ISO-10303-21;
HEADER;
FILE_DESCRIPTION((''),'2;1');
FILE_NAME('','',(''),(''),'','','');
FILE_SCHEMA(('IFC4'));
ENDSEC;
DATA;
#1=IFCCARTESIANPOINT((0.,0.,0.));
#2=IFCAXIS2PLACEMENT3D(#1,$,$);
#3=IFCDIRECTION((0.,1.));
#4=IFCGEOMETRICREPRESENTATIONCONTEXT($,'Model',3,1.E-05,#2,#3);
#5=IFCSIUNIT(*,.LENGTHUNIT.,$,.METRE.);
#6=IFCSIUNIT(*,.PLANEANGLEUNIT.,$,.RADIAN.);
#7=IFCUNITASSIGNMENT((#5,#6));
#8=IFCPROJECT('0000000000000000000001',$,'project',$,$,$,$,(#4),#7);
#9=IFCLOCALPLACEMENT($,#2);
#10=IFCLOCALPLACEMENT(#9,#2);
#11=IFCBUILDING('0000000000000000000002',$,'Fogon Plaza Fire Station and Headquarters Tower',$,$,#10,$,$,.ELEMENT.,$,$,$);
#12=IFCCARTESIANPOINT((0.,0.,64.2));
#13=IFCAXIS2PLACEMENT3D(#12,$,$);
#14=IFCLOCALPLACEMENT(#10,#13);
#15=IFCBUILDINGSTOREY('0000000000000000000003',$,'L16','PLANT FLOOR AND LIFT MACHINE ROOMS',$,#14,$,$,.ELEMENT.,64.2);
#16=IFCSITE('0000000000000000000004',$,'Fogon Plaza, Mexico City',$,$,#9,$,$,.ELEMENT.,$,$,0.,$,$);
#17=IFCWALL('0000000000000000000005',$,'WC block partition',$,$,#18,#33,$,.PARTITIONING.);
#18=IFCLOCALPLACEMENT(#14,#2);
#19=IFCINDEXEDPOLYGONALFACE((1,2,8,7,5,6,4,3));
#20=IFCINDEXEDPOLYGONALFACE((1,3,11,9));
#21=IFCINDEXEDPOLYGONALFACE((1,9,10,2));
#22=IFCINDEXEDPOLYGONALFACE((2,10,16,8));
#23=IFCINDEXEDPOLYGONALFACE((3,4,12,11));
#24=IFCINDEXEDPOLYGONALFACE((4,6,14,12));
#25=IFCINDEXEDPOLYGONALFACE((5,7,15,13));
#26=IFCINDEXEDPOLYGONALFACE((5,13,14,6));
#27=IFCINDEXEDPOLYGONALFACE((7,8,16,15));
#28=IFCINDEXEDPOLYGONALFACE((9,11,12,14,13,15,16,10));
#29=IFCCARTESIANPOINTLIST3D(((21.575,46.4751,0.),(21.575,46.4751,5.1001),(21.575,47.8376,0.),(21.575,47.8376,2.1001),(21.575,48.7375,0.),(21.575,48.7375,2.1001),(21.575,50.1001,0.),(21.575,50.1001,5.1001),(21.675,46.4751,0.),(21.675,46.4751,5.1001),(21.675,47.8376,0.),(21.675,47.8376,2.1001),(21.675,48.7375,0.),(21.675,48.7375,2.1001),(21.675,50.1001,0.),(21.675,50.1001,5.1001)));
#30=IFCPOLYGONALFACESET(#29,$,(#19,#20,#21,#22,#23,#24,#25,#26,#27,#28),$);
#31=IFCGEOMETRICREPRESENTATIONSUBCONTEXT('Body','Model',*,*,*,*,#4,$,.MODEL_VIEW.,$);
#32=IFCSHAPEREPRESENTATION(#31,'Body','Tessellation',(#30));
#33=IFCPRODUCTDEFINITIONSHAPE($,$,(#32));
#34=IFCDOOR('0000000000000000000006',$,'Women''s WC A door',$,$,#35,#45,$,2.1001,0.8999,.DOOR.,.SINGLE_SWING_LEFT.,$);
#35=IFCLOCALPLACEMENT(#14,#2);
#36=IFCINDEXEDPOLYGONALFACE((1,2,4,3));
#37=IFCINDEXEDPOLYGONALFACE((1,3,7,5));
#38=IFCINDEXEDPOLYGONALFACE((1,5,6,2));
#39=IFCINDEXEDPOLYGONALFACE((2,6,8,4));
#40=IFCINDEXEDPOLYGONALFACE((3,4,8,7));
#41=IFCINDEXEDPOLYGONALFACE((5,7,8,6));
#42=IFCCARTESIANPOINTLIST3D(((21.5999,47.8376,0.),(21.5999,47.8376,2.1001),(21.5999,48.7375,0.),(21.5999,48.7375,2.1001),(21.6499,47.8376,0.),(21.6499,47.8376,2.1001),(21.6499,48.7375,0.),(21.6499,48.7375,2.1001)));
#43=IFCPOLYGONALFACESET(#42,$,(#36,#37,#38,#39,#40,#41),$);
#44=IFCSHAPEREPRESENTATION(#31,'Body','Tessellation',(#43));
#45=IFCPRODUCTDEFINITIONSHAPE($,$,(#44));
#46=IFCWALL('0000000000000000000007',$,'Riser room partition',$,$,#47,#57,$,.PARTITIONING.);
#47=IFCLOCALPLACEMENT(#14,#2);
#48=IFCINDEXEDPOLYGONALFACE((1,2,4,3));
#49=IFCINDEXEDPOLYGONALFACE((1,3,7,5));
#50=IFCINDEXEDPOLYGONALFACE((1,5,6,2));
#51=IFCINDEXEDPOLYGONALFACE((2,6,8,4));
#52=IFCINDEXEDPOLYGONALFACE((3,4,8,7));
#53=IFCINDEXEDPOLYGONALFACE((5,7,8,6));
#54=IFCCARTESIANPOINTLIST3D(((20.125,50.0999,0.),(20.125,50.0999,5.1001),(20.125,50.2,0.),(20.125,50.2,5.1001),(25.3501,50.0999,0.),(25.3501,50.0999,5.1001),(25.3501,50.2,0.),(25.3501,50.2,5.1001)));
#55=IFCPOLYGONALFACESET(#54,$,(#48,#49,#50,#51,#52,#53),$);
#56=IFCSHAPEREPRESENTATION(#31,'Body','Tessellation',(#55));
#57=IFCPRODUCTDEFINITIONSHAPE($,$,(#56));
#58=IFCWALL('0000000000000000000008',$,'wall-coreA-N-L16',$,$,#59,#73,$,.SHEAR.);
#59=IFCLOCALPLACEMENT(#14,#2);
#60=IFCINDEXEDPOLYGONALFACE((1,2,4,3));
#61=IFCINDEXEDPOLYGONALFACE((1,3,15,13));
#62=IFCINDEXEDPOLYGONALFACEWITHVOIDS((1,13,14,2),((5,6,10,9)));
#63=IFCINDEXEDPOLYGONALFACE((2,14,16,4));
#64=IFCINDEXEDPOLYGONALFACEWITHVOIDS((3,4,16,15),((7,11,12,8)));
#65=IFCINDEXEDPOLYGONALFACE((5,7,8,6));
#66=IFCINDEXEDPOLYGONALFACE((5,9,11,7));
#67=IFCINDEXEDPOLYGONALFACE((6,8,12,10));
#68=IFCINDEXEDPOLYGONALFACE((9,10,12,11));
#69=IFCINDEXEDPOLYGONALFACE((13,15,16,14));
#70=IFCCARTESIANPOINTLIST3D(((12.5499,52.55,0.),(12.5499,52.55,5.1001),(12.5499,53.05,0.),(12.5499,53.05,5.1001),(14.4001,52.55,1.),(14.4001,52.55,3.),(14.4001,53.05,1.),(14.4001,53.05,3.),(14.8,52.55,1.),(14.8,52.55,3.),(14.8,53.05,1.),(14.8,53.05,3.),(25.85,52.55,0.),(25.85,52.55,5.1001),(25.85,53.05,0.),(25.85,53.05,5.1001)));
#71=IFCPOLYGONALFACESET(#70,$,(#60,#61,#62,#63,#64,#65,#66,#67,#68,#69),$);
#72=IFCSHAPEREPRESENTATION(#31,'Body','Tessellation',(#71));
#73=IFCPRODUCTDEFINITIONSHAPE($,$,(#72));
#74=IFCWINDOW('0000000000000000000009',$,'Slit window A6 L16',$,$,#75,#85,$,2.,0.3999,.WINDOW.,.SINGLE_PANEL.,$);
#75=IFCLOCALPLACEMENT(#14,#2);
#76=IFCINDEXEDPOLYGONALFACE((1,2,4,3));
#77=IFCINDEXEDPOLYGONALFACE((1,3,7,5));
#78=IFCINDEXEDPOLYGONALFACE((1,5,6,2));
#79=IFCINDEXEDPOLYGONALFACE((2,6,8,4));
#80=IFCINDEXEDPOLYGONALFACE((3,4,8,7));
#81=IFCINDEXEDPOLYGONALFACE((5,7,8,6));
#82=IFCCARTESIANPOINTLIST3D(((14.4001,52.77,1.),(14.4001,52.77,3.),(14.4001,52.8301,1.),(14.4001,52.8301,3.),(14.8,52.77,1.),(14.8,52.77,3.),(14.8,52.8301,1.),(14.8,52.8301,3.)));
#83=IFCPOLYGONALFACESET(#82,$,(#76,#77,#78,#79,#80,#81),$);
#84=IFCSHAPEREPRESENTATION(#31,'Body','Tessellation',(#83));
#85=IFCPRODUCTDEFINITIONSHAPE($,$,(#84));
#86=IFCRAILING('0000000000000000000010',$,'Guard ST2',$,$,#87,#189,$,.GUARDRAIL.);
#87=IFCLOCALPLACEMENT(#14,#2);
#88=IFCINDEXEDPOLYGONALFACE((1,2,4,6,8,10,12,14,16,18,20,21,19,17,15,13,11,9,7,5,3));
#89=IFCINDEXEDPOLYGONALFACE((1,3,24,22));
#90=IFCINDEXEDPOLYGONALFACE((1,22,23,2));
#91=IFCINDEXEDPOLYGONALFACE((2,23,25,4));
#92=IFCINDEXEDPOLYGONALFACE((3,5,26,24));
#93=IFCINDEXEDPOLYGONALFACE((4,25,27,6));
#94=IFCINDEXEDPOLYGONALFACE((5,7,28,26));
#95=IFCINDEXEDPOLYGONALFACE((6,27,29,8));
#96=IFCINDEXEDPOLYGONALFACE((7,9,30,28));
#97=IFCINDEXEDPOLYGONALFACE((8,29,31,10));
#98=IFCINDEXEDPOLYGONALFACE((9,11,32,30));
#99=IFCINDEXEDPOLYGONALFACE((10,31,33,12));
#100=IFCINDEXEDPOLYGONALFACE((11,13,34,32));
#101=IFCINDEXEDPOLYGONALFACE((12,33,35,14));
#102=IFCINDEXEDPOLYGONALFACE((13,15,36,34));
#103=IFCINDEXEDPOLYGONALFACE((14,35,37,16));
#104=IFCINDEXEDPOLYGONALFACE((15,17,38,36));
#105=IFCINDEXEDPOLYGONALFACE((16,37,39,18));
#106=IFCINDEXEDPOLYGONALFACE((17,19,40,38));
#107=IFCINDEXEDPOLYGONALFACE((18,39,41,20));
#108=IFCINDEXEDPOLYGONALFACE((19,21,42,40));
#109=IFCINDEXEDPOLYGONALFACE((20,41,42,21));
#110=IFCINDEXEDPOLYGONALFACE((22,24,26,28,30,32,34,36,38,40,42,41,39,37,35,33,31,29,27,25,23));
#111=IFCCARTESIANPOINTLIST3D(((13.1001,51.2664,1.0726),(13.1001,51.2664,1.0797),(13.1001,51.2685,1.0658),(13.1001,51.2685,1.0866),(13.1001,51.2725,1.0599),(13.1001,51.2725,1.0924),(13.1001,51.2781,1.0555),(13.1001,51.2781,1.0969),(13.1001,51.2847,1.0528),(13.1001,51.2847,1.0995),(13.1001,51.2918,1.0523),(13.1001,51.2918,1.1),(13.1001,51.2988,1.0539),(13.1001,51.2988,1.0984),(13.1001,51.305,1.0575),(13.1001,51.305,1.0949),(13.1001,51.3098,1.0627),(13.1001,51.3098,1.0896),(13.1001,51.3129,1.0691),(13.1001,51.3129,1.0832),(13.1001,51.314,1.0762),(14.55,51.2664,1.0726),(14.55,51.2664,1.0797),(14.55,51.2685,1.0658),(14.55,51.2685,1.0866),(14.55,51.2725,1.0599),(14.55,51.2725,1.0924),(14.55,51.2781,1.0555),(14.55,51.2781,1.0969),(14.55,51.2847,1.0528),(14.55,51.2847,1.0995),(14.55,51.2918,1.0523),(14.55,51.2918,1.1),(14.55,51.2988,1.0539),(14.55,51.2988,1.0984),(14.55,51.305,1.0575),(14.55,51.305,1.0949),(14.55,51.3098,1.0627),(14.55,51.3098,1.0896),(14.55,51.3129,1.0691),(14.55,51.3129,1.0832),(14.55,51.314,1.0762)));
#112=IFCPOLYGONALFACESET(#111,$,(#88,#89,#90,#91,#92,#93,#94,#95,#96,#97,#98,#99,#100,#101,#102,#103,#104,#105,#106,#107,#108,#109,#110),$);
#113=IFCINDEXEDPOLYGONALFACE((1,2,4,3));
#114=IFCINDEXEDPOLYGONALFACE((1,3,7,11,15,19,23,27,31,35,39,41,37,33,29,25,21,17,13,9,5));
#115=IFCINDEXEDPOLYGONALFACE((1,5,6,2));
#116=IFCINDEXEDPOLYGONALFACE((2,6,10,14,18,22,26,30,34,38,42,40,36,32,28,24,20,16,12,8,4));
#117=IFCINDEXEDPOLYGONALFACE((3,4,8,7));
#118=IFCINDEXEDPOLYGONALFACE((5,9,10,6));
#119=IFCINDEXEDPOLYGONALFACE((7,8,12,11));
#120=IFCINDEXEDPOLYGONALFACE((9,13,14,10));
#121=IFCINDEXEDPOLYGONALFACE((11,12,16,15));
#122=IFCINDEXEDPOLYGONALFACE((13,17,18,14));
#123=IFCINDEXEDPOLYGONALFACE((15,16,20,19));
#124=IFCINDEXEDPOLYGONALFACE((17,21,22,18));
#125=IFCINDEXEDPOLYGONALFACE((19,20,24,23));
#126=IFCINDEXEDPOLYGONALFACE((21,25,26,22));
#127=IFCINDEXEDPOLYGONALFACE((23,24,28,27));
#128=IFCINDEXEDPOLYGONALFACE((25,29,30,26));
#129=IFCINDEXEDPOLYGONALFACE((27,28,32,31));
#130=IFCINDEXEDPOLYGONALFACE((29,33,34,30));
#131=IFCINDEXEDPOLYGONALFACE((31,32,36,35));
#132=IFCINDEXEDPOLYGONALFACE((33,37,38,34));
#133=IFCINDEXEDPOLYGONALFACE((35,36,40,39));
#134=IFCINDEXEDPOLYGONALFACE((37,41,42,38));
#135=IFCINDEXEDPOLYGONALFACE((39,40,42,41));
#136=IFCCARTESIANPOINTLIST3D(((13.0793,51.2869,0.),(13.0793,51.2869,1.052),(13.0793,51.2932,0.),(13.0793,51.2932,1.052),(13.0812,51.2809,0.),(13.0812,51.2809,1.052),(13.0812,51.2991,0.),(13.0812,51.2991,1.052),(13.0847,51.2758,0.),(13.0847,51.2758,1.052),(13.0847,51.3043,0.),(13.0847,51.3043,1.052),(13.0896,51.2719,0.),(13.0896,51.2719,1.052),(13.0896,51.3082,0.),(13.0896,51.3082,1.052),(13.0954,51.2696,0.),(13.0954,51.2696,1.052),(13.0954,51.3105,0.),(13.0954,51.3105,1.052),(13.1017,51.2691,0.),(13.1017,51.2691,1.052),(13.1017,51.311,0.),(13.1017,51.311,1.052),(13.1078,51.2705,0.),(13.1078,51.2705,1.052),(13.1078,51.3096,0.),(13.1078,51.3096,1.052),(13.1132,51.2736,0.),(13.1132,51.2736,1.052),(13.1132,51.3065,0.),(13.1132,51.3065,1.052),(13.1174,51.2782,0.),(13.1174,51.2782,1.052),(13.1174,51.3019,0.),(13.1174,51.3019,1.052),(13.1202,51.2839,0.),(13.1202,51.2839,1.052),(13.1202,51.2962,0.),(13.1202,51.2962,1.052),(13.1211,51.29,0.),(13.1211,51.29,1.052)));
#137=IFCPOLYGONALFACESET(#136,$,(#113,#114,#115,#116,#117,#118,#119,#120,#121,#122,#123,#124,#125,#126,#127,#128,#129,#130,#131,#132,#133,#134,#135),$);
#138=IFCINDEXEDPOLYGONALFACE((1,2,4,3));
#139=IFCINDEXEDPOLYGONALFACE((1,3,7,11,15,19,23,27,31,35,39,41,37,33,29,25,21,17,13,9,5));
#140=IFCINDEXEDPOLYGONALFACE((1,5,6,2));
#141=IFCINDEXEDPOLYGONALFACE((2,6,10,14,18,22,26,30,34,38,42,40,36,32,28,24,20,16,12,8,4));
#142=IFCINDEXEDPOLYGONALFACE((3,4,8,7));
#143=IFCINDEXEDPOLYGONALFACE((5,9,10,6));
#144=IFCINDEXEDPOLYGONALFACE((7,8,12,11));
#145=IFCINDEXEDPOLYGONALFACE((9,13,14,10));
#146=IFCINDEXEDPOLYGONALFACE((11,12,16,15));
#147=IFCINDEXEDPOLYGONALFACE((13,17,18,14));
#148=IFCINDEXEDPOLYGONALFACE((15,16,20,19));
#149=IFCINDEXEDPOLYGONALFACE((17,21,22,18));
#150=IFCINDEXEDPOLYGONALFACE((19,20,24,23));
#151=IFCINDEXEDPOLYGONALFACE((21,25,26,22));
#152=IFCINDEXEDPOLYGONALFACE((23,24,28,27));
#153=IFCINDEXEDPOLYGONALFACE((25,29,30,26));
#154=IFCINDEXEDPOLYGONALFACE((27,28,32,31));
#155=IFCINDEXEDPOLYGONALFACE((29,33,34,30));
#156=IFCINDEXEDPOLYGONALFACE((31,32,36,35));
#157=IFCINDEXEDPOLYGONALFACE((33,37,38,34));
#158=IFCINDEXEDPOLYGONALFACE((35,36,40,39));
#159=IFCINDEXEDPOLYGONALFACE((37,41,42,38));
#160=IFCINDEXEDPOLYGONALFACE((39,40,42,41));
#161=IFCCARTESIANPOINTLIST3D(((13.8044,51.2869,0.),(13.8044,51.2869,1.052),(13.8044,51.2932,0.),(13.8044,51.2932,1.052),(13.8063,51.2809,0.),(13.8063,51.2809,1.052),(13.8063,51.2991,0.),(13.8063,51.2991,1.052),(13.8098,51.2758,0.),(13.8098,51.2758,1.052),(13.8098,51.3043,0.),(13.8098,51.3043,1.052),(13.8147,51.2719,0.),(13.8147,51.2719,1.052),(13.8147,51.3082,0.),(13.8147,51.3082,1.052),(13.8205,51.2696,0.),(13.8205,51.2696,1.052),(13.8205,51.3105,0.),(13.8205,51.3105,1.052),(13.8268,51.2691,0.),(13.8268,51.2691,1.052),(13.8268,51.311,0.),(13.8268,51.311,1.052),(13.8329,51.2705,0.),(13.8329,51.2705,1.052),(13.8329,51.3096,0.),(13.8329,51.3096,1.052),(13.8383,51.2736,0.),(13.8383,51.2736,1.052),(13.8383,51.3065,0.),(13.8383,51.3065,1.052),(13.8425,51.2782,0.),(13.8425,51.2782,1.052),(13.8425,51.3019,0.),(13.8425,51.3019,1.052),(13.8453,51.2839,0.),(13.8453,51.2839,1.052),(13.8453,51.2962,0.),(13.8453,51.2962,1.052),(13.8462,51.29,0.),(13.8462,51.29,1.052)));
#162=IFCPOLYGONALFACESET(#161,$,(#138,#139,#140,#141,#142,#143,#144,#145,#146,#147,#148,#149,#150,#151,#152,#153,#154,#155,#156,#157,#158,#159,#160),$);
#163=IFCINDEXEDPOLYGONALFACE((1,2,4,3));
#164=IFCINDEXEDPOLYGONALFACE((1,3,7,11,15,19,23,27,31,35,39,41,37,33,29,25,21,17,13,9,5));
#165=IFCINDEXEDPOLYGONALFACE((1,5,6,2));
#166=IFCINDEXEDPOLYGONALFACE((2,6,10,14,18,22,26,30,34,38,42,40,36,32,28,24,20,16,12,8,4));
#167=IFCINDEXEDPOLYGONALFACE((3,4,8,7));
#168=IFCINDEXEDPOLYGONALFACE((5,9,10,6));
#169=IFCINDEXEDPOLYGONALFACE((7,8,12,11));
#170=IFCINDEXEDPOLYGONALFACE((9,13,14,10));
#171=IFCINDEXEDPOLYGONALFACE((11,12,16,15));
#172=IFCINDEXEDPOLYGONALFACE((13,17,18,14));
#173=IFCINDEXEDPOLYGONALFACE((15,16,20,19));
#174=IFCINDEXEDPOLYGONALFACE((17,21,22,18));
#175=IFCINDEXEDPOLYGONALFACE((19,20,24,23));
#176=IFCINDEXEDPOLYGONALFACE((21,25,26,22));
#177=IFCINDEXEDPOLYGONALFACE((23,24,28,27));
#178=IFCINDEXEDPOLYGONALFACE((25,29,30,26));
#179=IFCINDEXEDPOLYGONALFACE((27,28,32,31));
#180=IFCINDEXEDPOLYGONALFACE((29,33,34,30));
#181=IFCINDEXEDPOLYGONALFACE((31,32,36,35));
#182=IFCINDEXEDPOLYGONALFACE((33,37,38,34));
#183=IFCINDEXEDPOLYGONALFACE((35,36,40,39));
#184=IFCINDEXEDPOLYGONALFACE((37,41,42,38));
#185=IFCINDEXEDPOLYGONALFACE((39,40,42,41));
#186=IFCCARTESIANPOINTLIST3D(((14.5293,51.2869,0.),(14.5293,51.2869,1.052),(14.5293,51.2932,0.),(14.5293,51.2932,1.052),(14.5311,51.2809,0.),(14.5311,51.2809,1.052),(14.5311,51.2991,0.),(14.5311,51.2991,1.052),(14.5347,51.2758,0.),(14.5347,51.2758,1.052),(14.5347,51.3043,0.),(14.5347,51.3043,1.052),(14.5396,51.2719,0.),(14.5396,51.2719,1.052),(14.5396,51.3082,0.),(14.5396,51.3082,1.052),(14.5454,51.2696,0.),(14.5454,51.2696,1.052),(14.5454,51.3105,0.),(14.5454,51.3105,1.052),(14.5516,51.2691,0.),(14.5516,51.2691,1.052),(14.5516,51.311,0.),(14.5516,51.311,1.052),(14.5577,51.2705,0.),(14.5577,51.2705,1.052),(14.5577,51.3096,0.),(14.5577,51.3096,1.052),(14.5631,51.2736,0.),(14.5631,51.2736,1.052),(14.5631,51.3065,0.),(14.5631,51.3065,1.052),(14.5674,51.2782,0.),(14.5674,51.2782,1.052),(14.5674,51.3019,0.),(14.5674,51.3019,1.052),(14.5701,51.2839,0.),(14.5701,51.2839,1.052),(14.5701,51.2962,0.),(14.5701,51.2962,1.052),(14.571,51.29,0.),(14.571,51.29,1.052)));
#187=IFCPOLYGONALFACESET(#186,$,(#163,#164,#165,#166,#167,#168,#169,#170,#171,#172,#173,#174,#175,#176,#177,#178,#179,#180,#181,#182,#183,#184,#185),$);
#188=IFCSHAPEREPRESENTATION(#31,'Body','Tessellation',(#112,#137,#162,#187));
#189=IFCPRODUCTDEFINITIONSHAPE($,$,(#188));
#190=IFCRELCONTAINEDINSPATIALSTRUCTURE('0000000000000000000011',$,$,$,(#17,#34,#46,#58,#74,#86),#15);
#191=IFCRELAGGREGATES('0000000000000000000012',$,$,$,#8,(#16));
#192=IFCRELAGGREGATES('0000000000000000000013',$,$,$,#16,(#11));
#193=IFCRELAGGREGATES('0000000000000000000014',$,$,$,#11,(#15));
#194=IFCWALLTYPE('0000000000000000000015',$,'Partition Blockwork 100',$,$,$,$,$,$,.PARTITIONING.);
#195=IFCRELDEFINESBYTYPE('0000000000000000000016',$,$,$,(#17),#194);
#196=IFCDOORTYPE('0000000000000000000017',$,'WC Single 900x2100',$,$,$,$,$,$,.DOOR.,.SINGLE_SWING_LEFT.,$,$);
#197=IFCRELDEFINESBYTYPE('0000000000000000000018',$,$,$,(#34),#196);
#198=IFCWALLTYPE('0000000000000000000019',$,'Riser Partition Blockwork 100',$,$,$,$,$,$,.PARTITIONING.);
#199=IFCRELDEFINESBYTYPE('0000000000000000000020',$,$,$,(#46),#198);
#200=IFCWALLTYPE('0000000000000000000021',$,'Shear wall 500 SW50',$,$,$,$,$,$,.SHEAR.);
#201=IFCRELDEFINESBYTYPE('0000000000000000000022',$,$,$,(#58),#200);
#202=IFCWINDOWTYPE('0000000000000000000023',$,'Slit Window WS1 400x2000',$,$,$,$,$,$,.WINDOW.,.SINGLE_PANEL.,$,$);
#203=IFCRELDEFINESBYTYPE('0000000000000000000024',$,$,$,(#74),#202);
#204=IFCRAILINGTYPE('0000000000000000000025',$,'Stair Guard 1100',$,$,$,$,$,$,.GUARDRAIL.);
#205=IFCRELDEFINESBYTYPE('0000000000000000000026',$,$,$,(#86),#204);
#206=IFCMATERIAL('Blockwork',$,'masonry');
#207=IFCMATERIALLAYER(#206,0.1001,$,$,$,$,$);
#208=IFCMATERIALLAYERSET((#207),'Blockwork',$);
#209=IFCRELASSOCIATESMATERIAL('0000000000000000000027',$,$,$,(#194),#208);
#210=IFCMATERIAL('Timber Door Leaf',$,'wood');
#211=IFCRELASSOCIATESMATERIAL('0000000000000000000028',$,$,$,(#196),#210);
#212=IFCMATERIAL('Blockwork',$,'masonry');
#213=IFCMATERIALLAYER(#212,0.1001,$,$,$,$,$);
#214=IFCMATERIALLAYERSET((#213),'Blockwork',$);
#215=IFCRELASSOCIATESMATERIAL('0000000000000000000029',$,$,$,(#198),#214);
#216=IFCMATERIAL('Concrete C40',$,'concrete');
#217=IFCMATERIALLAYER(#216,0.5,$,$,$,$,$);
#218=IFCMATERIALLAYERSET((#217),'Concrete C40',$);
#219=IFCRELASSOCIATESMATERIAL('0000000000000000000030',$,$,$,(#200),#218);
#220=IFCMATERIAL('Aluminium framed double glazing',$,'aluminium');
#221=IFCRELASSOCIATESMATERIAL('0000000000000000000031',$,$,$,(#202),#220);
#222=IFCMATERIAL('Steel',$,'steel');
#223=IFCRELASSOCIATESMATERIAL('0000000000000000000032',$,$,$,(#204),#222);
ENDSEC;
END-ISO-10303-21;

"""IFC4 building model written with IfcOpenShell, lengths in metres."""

from ifc_helpers import new_model, si_unit, direction, frame, frame_2d, origin, origin_2d, place, context, subcontext, project, spatial, rectangle, circle, extrude, material, layer, layer_set, type_object, element, fill, save


model = new_model("IFC4")

# Units and contexts
model_context = context("Model", 3, precision=1e-05, world=origin(), true_north=direction((0.0, 1.0)))
body_context = subcontext(model_context, "Body", "Model", "MODEL_VIEW")
ifc_project = project(units=[si_unit("LENGTHUNIT", "METRE"), si_unit("PLANEANGLEUNIT", "RADIAN")], contexts=[model_context])

# Site, building, storey
site_placement = place(None, origin())
site = spatial("IfcSite", under=ifc_project, at=site_placement, Name="Fogon Plaza, Mexico City", CompositionType="ELEMENT", RefElevation=0.0)
building_placement = place(site_placement, origin())
building = spatial("IfcBuilding", under=site, at=building_placement, Name="Fogon Plaza Fire Station and Headquarters Tower", CompositionType="ELEMENT")
storey_placement = place(building_placement, frame((0.0, 0.0, 64.2)))
storey = spatial("IfcBuildingStorey", under=building, at=storey_placement, Name="L16", Description="PLANT FLOOR AND LIFT MACHINE ROOMS", CompositionType="ELEMENT", Elevation=64.2)

# Wall, opening, door
ifc_material_1 = material(Name="Blockwork", Category="masonry")
ifc_layer_1 = layer(ifc_material_1, 0.1001)
ifc_layer_set_1 = layer_set([ifc_layer_1], Name="Blockwork")
wall_type_1 = type_object("IfcWallType", Name="Partition Blockwork 100", PredefinedType="PARTITIONING", material=ifc_layer_set_1)
wall_1_placement = place(storey_placement, frame((21.625, 46.4751, 0.0), z_axis=(0.0, 0.0, 1.0), x_axis=(0.0, 1.0, 0.0)))
wall_1 = element("IfcWall", 1, at=wall_1_placement, inside=storey, type_object=wall_type_1, Name="WC block partition", PredefinedType="PARTITIONING", context=body_context, shape_type="SweptSolid", body=[
    extrude(rectangle(XDim=3.625, YDim=0.1001, at=frame_2d((1.8125, 0.0))), origin(), (0.0, 0.0, 1.0), 5.1001),
])
opening_1_placement = place(wall_1_placement, frame((1.3625, 0.0, 0.0)))
opening_1 = element("IfcOpeningElement", 2, at=opening_1_placement, cuts=wall_1, PredefinedType="OPENING", context=body_context, shape_type="SweptSolid", body=[
    extrude(rectangle(XDim=0.8999, YDim=2.1001, at=frame_2d((0.45, 1.05))), frame((0.0, 0.0601, 0.0), z_axis=(0.0, -1.0, 0.0), x_axis=(1.0, 0.0, 0.0)), (0.0, 0.0, 1.0), 0.1201),
])
ifc_material_2 = material(Name="Timber Door Leaf", Category="wood")
door_type_1 = type_object("IfcDoorType", Name="WC Single 900x2100", OperationType="SINGLE_SWING_LEFT", PredefinedType="DOOR", material=ifc_material_2)
door_1_placement = place(opening_1_placement, frame((0.8999, 0.0, 0.0), z_axis=(0.0, 0.0, 1.0), x_axis=(-1.0, 0.0, 0.0)))
door_1 = element("IfcDoor", 3, at=door_1_placement, inside=storey, type_object=door_type_1, Name="Women's WC A door", OperationType="SINGLE_SWING_LEFT", OverallHeight=2.1001, OverallWidth=0.8999, PredefinedType="DOOR", context=body_context, shape_type="SweptSolid", body=[
    extrude(rectangle(XDim=0.8999, YDim=2.1001, at=frame_2d((0.45, 1.05))), frame((0.0, 0.0249, 0.0), z_axis=(0.0, -1.0, 0.0), x_axis=(1.0, 0.0, 0.0)), (0.0, 0.0, 1.0), 0.05),
])
fill(opening_1, door_1)

# Wall
ifc_material_3 = material(Name="Blockwork", Category="masonry")
ifc_layer_2 = layer(ifc_material_3, 0.1001)
ifc_layer_set_2 = layer_set([ifc_layer_2], Name="Blockwork")
wall_type_2 = type_object("IfcWallType", Name="Riser Partition Blockwork 100", PredefinedType="PARTITIONING", material=ifc_layer_set_2)
wall_2_placement = place(storey_placement, frame((20.125, 50.1499, 0.0), z_axis=(0.0, 0.0, 1.0), x_axis=(1.0, 0.0, 0.0)))
element("IfcWall", 4, at=wall_2_placement, inside=storey, type_object=wall_type_2, Name="Riser room partition", PredefinedType="PARTITIONING", context=body_context, shape_type="SweptSolid", body=[
    extrude(rectangle(XDim=5.2251, YDim=0.1001, at=frame_2d((2.6125, 0.0))), origin(), (0.0, 0.0, 1.0), 5.1001),
])

# Wall, opening, window
ifc_material_4 = material(Name="Concrete C40", Category="concrete")
ifc_layer_3 = layer(ifc_material_4, 0.5)
ifc_layer_set_3 = layer_set([ifc_layer_3], Name="Concrete C40")
wall_type_3 = type_object("IfcWallType", Name="Shear wall 500 SW50", PredefinedType="SHEAR", material=ifc_layer_set_3)
wall_3_placement = place(storey_placement, frame((12.55, 52.8, 0.0), z_axis=(0.0, 0.0, 1.0), x_axis=(1.0, 0.0, 0.0)))
wall_3 = element("IfcWall", 5, at=wall_3_placement, inside=storey, type_object=wall_type_3, Name="wall-coreA-N-L16", PredefinedType="SHEAR", context=body_context, shape_type="SweptSolid", body=[
    extrude(rectangle(XDim=13.3, YDim=0.5, at=frame_2d((6.6499, 0.0))), origin(), (0.0, 0.0, 1.0), 5.1001),
])
opening_2_placement = place(wall_3_placement, frame((1.8501, 0.0, 1.0)))
opening_2 = element("IfcOpeningElement", 6, at=opening_2_placement, cuts=wall_3, PredefinedType="OPENING", context=body_context, shape_type="SweptSolid", body=[
    extrude(rectangle(XDim=0.3999, YDim=2.0, at=frame_2d((0.2, 1.0))), frame((0.0, 0.26, 0.0), z_axis=(0.0, -1.0, 0.0), x_axis=(1.0, 0.0, 0.0)), (0.0, 0.0, 1.0), 0.52),
])
ifc_material_5 = material(Name="Aluminium framed double glazing", Category="aluminium")
window_type = type_object("IfcWindowType", Name="Slit Window WS1 400x2000", PartitioningType="SINGLE_PANEL", PredefinedType="WINDOW", material=ifc_material_5)
window_placement = place(opening_2_placement, origin())
window = element("IfcWindow", 7, at=window_placement, inside=storey, type_object=window_type, Name="Slit window A6 L16", OverallHeight=2.0, OverallWidth=0.3999, PartitioningType="SINGLE_PANEL", PredefinedType="WINDOW", context=body_context, shape_type="SweptSolid", body=[
    extrude(rectangle(XDim=0.3999, YDim=2.0, at=frame_2d((0.2, 1.0))), frame((0.0, 0.03, 0.0), z_axis=(0.0, -1.0, 0.0), x_axis=(1.0, 0.0, 0.0)), (0.0, 0.0, 1.0), 0.0601),
])
fill(opening_2, window)

# Railing
ifc_material_6 = material(Name="Steel", Category="steel")
railing_type = type_object("IfcRailingType", Name="Stair Guard 1100", PredefinedType="GUARDRAIL", material=ifc_material_6)
railing_placement = place(storey_placement, frame((13.1001, 51.29, 0.0)))
element("IfcRailing", 8, at=railing_placement, inside=storey, type_object=railing_type, Name="Guard ST2", PredefinedType="GUARDRAIL", context=body_context, shape_type="SweptSolid", body=[
    extrude(circle(Radius=0.0239, at=origin_2d()), frame((0.0, 0.0, 1.0762), z_axis=(1.0, 0.0, 0.0), x_axis=(0.0, 1.0, 0.0)), (0.0, 0.0, 1.0), 1.45),
    extrude(circle(Radius=0.021, at=origin_2d()), origin(), (0.0, 0.0, 1.0), 1.052),
    extrude(circle(Radius=0.021, at=origin_2d()), frame((0.7251, 0.0, 0.0)), (0.0, 0.0, 1.0), 1.052),
    extrude(circle(Radius=0.021, at=origin_2d()), frame((1.45, 0.0, 0.0)), (0.0, 0.0, 1.0), 1.052),
])

save(model, "model.ifc")
